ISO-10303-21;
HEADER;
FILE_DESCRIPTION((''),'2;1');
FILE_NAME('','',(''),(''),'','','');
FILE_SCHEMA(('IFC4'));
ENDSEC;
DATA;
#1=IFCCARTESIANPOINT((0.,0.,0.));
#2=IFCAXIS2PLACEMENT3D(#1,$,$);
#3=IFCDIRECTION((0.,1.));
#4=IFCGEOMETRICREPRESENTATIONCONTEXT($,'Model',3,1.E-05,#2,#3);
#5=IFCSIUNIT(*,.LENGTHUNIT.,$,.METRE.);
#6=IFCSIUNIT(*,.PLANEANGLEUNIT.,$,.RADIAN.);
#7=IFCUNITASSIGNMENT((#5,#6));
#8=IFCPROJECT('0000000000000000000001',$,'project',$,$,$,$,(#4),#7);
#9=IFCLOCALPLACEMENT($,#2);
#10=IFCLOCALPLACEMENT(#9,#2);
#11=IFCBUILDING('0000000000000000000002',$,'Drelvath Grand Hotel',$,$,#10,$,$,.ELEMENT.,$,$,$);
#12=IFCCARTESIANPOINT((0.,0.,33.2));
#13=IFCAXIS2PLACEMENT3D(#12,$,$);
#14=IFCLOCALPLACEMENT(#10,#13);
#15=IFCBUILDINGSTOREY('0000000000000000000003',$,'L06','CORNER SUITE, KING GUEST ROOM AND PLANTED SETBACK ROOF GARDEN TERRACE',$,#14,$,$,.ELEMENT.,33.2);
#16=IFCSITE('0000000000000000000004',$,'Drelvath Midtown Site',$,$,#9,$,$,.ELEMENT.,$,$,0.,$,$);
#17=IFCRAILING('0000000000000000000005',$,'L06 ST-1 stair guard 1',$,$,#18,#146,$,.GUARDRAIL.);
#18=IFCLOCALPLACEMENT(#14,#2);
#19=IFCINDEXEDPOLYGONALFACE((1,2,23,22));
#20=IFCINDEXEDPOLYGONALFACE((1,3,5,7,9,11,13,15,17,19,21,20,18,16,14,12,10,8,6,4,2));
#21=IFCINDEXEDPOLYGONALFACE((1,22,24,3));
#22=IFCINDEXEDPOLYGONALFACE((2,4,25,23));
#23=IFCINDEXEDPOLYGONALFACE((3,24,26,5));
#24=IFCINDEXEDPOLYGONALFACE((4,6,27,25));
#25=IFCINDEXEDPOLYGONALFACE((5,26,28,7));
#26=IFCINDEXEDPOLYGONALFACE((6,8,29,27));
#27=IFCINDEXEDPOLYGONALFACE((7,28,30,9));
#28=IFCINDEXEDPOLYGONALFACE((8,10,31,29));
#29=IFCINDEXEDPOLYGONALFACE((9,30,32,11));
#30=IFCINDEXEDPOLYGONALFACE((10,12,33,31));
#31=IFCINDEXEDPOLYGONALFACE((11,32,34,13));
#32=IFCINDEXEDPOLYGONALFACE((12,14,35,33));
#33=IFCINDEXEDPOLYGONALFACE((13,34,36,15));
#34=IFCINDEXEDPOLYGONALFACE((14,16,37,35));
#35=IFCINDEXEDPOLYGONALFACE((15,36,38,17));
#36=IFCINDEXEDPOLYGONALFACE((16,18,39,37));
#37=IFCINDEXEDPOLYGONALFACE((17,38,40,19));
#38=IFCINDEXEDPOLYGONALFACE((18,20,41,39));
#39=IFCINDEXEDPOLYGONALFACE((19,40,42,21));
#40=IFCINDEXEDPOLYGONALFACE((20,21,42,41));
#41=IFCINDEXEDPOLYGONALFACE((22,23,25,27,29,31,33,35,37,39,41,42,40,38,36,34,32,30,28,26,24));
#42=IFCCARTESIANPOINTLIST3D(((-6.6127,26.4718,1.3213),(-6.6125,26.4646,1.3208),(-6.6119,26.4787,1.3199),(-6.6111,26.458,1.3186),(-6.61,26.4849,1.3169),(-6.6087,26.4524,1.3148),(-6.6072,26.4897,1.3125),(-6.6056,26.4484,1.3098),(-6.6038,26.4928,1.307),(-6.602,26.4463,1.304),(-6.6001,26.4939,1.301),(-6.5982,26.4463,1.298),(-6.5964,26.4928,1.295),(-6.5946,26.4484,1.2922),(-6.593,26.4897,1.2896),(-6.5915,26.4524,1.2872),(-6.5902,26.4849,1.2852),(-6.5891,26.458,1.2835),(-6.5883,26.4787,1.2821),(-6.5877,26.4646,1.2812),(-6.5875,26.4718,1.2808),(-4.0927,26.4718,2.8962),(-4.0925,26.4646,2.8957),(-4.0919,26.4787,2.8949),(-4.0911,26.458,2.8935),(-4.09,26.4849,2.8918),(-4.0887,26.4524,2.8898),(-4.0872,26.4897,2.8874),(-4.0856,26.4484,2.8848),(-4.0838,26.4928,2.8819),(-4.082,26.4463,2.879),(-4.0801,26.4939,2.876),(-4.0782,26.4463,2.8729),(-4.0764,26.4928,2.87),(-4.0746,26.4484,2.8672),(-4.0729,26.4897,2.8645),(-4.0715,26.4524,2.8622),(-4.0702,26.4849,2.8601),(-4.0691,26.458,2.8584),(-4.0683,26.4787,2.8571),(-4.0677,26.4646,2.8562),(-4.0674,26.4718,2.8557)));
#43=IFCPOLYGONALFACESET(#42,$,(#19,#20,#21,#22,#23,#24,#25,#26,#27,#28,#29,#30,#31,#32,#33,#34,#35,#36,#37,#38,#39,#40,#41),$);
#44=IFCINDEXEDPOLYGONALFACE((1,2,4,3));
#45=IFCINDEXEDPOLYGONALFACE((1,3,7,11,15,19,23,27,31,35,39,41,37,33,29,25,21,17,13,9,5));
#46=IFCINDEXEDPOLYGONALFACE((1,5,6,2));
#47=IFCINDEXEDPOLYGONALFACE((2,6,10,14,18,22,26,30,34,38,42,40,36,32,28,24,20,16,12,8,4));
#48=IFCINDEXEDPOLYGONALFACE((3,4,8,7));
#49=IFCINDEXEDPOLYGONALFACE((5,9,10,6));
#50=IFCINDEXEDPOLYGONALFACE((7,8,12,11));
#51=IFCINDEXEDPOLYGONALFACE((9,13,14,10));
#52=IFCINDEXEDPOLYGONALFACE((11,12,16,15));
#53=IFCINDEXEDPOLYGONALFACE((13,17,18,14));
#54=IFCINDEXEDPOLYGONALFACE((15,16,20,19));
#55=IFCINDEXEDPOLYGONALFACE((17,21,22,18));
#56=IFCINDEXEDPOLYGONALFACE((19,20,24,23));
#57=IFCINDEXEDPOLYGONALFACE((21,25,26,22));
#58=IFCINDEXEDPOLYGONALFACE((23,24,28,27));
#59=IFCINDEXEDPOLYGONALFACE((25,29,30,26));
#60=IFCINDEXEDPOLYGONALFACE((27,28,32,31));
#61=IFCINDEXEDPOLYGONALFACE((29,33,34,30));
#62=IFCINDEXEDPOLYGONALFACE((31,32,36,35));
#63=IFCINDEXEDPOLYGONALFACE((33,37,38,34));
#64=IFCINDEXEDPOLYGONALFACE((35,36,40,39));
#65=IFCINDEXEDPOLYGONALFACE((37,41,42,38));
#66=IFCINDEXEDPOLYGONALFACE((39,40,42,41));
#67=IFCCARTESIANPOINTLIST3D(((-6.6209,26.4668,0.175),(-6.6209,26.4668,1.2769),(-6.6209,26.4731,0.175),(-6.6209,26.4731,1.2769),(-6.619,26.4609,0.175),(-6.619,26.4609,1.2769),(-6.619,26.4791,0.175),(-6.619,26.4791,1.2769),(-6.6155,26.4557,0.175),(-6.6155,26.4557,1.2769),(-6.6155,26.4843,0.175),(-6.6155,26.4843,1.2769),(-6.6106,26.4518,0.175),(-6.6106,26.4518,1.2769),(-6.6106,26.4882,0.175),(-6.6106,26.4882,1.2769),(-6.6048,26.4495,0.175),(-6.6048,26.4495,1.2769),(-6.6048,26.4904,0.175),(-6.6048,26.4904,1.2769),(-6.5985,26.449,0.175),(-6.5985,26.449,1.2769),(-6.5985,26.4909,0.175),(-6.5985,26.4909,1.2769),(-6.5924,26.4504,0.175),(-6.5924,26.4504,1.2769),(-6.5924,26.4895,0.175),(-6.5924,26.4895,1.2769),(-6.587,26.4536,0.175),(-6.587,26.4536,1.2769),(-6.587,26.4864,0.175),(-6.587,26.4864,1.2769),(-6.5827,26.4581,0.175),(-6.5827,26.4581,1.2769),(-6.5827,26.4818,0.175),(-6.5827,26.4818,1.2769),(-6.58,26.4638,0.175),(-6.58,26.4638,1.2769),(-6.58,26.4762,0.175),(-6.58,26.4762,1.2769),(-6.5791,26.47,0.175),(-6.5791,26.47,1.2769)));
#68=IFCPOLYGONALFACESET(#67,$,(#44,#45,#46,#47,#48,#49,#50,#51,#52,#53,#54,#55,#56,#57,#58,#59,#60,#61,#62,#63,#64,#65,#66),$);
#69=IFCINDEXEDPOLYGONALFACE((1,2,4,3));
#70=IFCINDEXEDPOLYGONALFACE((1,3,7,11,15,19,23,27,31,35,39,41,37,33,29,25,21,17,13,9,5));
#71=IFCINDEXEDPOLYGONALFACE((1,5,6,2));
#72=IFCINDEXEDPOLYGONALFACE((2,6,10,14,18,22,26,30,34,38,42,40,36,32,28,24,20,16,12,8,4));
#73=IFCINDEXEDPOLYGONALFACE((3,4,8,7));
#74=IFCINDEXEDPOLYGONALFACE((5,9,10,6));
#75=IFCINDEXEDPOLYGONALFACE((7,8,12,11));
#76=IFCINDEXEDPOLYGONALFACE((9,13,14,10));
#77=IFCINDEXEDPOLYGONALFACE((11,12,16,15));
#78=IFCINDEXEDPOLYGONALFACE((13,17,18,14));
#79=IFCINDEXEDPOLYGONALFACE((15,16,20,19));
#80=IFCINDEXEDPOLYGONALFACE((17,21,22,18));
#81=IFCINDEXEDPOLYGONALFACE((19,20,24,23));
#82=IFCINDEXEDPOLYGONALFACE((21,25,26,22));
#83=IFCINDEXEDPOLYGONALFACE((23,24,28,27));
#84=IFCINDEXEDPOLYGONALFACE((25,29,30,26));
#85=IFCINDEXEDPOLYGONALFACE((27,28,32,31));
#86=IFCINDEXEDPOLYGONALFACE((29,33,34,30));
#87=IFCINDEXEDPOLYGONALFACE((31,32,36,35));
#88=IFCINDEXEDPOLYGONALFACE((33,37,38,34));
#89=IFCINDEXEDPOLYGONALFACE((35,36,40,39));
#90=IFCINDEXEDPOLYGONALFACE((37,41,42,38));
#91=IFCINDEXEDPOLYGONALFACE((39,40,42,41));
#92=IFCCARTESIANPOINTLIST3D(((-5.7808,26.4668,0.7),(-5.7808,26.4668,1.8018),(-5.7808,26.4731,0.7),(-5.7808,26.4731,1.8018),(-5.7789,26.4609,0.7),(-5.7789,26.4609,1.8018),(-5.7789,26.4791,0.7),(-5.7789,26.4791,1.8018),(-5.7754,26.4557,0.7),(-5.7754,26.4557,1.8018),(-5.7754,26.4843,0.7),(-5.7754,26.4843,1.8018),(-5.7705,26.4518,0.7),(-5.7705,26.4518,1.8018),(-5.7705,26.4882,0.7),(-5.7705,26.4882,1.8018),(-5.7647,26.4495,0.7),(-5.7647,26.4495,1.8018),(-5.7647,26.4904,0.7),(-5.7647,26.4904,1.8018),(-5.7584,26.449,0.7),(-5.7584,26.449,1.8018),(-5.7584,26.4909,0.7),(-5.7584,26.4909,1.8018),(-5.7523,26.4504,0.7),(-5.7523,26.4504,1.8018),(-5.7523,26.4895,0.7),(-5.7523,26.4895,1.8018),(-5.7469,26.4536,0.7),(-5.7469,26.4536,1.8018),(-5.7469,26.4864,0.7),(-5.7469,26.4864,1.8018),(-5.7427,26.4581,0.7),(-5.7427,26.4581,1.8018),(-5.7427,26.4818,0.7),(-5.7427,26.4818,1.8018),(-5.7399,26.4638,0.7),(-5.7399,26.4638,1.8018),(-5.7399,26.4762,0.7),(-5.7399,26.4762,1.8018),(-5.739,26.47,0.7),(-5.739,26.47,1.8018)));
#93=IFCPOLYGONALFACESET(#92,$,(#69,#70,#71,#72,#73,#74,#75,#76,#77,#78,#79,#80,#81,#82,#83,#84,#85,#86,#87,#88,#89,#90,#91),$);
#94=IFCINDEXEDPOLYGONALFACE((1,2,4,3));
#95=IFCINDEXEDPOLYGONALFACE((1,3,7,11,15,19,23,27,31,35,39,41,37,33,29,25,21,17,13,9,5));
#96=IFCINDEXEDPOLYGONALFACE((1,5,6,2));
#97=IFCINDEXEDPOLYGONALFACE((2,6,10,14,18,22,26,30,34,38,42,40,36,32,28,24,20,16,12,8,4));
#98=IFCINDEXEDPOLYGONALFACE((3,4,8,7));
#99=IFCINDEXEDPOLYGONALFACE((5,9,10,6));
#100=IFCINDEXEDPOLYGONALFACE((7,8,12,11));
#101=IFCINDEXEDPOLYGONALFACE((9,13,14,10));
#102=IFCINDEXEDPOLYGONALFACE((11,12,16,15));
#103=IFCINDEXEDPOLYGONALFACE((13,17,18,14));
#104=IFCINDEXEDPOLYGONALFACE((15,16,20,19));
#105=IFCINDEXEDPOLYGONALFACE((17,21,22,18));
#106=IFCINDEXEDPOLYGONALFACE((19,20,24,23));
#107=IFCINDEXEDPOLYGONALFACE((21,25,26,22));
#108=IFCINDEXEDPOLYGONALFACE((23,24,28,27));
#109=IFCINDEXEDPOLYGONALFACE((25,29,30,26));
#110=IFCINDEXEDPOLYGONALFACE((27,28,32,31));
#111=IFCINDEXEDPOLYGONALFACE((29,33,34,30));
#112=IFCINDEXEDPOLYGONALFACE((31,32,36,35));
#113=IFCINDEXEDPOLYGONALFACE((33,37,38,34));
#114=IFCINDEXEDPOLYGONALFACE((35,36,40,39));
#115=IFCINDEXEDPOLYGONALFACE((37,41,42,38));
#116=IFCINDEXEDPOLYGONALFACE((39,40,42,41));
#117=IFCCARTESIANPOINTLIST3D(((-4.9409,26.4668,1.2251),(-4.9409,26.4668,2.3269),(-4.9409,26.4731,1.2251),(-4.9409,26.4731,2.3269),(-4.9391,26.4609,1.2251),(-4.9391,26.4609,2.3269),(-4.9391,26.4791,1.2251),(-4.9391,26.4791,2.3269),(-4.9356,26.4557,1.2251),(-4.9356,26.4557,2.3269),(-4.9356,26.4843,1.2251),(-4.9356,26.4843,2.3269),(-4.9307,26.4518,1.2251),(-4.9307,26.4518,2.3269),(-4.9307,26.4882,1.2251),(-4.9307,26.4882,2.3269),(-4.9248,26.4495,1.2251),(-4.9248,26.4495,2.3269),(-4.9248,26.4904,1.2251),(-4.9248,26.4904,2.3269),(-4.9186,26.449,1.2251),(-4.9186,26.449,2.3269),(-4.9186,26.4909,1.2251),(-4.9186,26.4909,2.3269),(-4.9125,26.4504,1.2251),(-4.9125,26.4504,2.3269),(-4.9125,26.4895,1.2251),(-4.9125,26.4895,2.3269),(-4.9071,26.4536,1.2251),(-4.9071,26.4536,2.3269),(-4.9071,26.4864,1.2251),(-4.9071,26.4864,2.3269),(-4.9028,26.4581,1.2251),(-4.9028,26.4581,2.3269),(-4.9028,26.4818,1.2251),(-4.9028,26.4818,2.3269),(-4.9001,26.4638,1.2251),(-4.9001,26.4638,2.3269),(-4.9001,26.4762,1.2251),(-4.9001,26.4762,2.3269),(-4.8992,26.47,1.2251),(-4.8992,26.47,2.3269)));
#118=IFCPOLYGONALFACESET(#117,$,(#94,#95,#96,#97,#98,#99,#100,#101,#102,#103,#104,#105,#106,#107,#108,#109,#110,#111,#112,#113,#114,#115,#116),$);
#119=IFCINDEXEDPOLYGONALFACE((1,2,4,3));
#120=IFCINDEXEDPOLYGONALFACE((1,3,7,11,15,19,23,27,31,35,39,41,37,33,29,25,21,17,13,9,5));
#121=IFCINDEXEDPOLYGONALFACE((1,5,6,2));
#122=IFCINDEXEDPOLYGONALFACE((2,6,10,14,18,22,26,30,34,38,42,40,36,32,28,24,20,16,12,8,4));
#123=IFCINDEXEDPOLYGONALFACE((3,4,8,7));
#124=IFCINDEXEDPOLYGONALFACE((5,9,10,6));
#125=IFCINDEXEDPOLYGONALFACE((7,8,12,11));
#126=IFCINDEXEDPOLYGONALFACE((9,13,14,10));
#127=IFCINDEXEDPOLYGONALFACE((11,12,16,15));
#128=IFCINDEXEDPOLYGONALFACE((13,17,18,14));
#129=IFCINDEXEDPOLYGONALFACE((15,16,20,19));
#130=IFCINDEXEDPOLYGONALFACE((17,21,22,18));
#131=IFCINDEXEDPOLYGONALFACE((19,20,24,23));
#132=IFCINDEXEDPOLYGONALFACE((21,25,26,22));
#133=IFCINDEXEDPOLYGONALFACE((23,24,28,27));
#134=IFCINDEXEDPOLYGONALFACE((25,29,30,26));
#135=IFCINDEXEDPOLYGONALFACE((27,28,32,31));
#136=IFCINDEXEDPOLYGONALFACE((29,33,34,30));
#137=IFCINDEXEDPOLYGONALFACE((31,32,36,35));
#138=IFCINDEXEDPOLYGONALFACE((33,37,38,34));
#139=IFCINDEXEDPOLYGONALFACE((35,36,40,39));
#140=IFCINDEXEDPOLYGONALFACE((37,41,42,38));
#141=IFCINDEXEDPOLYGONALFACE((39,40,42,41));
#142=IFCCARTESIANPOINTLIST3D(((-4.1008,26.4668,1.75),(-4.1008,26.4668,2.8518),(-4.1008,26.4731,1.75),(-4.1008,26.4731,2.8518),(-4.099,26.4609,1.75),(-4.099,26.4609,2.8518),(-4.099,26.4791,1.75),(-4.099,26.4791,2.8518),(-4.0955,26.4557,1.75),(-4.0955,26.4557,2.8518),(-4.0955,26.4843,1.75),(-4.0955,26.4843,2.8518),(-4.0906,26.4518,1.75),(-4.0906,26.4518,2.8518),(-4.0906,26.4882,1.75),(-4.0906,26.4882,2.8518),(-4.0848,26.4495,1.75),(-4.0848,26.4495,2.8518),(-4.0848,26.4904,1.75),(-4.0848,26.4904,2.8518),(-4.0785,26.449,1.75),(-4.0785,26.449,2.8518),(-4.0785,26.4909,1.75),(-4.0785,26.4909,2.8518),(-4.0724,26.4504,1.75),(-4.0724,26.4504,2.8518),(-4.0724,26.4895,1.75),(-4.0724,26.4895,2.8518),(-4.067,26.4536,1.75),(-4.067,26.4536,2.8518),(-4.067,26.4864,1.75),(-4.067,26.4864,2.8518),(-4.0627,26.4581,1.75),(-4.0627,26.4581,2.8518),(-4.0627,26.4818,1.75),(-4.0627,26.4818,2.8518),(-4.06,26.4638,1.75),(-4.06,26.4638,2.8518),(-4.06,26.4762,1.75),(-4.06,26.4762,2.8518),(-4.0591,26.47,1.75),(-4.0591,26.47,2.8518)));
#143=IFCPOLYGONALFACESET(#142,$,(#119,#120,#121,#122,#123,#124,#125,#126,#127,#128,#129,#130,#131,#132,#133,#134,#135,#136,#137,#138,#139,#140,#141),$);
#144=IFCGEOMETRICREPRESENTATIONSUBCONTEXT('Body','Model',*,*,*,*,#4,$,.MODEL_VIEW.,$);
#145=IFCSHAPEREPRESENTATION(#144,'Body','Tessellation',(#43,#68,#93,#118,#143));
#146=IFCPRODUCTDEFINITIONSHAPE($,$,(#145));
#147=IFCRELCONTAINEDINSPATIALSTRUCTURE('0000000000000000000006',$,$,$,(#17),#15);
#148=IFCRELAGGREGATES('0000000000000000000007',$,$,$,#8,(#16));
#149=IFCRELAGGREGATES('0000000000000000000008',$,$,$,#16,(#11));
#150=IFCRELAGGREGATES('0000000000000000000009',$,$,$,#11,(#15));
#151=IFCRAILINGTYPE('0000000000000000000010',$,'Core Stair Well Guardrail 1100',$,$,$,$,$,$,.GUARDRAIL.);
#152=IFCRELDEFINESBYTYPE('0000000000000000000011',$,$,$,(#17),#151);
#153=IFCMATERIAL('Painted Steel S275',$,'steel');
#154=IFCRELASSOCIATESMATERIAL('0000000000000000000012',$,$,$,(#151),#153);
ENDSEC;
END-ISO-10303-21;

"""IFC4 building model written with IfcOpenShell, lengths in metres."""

from ifc_helpers import new_model, si_unit, direction, frame, origin, origin_2d, place, context, subcontext, project, spatial, circle, extrude, material, type_object, element, save


model = new_model("IFC4")

# Units and contexts
model_context = context("Model", 3, precision=1e-05, world=origin(), true_north=direction((0.0, 1.0)))
body_context = subcontext(model_context, "Body", "Model", "MODEL_VIEW")
ifc_project = project(units=[si_unit("LENGTHUNIT", "METRE"), si_unit("PLANEANGLEUNIT", "RADIAN")], contexts=[model_context])

# Site, building, storey
site_placement = place(None, origin())
site = spatial("IfcSite", under=ifc_project, at=site_placement, Name="Drelvath Midtown Site", CompositionType="ELEMENT", RefElevation=0.0)
building_placement = place(site_placement, origin())
building = spatial("IfcBuilding", under=site, at=building_placement, Name="Drelvath Grand Hotel", CompositionType="ELEMENT")
storey_placement = place(building_placement, frame((0.0, 0.0, 33.2)))
storey = spatial("IfcBuildingStorey", under=building, at=storey_placement, Name="L06", Description="CORNER SUITE, KING GUEST ROOM AND PLANTED SETBACK ROOF GARDEN TERRACE", CompositionType="ELEMENT", Elevation=33.2)

# Shared definitions
ifc_material_1 = material(Name="Painted Steel S275", Category="steel")

# Railing
railing_type_1 = type_object("IfcRailingType", Name="Core Stair Well Guardrail 1100", PredefinedType="GUARDRAIL", material=ifc_material_1)
railing_1_placement = place(storey_placement, frame((-6.6001, 26.47, 0.175)))
element("IfcRailing", 1, at=railing_1_placement, inside=storey, type_object=railing_type_1, Name="L06 ST-1 stair guard 1", PredefinedType="GUARDRAIL", context=body_context, shape_type="SweptSolid", body=[
    extrude(circle(Radius=0.0239, at=origin_2d()), frame((0.0, 0.0, 1.126), z_axis=(0.848008, 0.0, 0.529984), x_axis=(0.0, 1.0, 0.0)), (0.0, 0.0, 1.0), 2.9717),
    extrude(circle(Radius=0.021, at=origin_2d()), origin(), (0.0, 0.0, 1.0), 1.1018),
    extrude(circle(Radius=0.021, at=origin_2d()), frame((0.8401, 0.0, 0.5249)), (0.0, 0.0, 1.0), 1.1018),
    extrude(circle(Radius=0.021, at=origin_2d()), frame((1.6799, 0.0, 1.05)), (0.0, 0.0, 1.0), 1.1018),
    extrude(circle(Radius=0.021, at=origin_2d()), frame((2.52, 0.0, 1.575)), (0.0, 0.0, 1.0), 1.1018),
])

save(model, "model.ifc")
